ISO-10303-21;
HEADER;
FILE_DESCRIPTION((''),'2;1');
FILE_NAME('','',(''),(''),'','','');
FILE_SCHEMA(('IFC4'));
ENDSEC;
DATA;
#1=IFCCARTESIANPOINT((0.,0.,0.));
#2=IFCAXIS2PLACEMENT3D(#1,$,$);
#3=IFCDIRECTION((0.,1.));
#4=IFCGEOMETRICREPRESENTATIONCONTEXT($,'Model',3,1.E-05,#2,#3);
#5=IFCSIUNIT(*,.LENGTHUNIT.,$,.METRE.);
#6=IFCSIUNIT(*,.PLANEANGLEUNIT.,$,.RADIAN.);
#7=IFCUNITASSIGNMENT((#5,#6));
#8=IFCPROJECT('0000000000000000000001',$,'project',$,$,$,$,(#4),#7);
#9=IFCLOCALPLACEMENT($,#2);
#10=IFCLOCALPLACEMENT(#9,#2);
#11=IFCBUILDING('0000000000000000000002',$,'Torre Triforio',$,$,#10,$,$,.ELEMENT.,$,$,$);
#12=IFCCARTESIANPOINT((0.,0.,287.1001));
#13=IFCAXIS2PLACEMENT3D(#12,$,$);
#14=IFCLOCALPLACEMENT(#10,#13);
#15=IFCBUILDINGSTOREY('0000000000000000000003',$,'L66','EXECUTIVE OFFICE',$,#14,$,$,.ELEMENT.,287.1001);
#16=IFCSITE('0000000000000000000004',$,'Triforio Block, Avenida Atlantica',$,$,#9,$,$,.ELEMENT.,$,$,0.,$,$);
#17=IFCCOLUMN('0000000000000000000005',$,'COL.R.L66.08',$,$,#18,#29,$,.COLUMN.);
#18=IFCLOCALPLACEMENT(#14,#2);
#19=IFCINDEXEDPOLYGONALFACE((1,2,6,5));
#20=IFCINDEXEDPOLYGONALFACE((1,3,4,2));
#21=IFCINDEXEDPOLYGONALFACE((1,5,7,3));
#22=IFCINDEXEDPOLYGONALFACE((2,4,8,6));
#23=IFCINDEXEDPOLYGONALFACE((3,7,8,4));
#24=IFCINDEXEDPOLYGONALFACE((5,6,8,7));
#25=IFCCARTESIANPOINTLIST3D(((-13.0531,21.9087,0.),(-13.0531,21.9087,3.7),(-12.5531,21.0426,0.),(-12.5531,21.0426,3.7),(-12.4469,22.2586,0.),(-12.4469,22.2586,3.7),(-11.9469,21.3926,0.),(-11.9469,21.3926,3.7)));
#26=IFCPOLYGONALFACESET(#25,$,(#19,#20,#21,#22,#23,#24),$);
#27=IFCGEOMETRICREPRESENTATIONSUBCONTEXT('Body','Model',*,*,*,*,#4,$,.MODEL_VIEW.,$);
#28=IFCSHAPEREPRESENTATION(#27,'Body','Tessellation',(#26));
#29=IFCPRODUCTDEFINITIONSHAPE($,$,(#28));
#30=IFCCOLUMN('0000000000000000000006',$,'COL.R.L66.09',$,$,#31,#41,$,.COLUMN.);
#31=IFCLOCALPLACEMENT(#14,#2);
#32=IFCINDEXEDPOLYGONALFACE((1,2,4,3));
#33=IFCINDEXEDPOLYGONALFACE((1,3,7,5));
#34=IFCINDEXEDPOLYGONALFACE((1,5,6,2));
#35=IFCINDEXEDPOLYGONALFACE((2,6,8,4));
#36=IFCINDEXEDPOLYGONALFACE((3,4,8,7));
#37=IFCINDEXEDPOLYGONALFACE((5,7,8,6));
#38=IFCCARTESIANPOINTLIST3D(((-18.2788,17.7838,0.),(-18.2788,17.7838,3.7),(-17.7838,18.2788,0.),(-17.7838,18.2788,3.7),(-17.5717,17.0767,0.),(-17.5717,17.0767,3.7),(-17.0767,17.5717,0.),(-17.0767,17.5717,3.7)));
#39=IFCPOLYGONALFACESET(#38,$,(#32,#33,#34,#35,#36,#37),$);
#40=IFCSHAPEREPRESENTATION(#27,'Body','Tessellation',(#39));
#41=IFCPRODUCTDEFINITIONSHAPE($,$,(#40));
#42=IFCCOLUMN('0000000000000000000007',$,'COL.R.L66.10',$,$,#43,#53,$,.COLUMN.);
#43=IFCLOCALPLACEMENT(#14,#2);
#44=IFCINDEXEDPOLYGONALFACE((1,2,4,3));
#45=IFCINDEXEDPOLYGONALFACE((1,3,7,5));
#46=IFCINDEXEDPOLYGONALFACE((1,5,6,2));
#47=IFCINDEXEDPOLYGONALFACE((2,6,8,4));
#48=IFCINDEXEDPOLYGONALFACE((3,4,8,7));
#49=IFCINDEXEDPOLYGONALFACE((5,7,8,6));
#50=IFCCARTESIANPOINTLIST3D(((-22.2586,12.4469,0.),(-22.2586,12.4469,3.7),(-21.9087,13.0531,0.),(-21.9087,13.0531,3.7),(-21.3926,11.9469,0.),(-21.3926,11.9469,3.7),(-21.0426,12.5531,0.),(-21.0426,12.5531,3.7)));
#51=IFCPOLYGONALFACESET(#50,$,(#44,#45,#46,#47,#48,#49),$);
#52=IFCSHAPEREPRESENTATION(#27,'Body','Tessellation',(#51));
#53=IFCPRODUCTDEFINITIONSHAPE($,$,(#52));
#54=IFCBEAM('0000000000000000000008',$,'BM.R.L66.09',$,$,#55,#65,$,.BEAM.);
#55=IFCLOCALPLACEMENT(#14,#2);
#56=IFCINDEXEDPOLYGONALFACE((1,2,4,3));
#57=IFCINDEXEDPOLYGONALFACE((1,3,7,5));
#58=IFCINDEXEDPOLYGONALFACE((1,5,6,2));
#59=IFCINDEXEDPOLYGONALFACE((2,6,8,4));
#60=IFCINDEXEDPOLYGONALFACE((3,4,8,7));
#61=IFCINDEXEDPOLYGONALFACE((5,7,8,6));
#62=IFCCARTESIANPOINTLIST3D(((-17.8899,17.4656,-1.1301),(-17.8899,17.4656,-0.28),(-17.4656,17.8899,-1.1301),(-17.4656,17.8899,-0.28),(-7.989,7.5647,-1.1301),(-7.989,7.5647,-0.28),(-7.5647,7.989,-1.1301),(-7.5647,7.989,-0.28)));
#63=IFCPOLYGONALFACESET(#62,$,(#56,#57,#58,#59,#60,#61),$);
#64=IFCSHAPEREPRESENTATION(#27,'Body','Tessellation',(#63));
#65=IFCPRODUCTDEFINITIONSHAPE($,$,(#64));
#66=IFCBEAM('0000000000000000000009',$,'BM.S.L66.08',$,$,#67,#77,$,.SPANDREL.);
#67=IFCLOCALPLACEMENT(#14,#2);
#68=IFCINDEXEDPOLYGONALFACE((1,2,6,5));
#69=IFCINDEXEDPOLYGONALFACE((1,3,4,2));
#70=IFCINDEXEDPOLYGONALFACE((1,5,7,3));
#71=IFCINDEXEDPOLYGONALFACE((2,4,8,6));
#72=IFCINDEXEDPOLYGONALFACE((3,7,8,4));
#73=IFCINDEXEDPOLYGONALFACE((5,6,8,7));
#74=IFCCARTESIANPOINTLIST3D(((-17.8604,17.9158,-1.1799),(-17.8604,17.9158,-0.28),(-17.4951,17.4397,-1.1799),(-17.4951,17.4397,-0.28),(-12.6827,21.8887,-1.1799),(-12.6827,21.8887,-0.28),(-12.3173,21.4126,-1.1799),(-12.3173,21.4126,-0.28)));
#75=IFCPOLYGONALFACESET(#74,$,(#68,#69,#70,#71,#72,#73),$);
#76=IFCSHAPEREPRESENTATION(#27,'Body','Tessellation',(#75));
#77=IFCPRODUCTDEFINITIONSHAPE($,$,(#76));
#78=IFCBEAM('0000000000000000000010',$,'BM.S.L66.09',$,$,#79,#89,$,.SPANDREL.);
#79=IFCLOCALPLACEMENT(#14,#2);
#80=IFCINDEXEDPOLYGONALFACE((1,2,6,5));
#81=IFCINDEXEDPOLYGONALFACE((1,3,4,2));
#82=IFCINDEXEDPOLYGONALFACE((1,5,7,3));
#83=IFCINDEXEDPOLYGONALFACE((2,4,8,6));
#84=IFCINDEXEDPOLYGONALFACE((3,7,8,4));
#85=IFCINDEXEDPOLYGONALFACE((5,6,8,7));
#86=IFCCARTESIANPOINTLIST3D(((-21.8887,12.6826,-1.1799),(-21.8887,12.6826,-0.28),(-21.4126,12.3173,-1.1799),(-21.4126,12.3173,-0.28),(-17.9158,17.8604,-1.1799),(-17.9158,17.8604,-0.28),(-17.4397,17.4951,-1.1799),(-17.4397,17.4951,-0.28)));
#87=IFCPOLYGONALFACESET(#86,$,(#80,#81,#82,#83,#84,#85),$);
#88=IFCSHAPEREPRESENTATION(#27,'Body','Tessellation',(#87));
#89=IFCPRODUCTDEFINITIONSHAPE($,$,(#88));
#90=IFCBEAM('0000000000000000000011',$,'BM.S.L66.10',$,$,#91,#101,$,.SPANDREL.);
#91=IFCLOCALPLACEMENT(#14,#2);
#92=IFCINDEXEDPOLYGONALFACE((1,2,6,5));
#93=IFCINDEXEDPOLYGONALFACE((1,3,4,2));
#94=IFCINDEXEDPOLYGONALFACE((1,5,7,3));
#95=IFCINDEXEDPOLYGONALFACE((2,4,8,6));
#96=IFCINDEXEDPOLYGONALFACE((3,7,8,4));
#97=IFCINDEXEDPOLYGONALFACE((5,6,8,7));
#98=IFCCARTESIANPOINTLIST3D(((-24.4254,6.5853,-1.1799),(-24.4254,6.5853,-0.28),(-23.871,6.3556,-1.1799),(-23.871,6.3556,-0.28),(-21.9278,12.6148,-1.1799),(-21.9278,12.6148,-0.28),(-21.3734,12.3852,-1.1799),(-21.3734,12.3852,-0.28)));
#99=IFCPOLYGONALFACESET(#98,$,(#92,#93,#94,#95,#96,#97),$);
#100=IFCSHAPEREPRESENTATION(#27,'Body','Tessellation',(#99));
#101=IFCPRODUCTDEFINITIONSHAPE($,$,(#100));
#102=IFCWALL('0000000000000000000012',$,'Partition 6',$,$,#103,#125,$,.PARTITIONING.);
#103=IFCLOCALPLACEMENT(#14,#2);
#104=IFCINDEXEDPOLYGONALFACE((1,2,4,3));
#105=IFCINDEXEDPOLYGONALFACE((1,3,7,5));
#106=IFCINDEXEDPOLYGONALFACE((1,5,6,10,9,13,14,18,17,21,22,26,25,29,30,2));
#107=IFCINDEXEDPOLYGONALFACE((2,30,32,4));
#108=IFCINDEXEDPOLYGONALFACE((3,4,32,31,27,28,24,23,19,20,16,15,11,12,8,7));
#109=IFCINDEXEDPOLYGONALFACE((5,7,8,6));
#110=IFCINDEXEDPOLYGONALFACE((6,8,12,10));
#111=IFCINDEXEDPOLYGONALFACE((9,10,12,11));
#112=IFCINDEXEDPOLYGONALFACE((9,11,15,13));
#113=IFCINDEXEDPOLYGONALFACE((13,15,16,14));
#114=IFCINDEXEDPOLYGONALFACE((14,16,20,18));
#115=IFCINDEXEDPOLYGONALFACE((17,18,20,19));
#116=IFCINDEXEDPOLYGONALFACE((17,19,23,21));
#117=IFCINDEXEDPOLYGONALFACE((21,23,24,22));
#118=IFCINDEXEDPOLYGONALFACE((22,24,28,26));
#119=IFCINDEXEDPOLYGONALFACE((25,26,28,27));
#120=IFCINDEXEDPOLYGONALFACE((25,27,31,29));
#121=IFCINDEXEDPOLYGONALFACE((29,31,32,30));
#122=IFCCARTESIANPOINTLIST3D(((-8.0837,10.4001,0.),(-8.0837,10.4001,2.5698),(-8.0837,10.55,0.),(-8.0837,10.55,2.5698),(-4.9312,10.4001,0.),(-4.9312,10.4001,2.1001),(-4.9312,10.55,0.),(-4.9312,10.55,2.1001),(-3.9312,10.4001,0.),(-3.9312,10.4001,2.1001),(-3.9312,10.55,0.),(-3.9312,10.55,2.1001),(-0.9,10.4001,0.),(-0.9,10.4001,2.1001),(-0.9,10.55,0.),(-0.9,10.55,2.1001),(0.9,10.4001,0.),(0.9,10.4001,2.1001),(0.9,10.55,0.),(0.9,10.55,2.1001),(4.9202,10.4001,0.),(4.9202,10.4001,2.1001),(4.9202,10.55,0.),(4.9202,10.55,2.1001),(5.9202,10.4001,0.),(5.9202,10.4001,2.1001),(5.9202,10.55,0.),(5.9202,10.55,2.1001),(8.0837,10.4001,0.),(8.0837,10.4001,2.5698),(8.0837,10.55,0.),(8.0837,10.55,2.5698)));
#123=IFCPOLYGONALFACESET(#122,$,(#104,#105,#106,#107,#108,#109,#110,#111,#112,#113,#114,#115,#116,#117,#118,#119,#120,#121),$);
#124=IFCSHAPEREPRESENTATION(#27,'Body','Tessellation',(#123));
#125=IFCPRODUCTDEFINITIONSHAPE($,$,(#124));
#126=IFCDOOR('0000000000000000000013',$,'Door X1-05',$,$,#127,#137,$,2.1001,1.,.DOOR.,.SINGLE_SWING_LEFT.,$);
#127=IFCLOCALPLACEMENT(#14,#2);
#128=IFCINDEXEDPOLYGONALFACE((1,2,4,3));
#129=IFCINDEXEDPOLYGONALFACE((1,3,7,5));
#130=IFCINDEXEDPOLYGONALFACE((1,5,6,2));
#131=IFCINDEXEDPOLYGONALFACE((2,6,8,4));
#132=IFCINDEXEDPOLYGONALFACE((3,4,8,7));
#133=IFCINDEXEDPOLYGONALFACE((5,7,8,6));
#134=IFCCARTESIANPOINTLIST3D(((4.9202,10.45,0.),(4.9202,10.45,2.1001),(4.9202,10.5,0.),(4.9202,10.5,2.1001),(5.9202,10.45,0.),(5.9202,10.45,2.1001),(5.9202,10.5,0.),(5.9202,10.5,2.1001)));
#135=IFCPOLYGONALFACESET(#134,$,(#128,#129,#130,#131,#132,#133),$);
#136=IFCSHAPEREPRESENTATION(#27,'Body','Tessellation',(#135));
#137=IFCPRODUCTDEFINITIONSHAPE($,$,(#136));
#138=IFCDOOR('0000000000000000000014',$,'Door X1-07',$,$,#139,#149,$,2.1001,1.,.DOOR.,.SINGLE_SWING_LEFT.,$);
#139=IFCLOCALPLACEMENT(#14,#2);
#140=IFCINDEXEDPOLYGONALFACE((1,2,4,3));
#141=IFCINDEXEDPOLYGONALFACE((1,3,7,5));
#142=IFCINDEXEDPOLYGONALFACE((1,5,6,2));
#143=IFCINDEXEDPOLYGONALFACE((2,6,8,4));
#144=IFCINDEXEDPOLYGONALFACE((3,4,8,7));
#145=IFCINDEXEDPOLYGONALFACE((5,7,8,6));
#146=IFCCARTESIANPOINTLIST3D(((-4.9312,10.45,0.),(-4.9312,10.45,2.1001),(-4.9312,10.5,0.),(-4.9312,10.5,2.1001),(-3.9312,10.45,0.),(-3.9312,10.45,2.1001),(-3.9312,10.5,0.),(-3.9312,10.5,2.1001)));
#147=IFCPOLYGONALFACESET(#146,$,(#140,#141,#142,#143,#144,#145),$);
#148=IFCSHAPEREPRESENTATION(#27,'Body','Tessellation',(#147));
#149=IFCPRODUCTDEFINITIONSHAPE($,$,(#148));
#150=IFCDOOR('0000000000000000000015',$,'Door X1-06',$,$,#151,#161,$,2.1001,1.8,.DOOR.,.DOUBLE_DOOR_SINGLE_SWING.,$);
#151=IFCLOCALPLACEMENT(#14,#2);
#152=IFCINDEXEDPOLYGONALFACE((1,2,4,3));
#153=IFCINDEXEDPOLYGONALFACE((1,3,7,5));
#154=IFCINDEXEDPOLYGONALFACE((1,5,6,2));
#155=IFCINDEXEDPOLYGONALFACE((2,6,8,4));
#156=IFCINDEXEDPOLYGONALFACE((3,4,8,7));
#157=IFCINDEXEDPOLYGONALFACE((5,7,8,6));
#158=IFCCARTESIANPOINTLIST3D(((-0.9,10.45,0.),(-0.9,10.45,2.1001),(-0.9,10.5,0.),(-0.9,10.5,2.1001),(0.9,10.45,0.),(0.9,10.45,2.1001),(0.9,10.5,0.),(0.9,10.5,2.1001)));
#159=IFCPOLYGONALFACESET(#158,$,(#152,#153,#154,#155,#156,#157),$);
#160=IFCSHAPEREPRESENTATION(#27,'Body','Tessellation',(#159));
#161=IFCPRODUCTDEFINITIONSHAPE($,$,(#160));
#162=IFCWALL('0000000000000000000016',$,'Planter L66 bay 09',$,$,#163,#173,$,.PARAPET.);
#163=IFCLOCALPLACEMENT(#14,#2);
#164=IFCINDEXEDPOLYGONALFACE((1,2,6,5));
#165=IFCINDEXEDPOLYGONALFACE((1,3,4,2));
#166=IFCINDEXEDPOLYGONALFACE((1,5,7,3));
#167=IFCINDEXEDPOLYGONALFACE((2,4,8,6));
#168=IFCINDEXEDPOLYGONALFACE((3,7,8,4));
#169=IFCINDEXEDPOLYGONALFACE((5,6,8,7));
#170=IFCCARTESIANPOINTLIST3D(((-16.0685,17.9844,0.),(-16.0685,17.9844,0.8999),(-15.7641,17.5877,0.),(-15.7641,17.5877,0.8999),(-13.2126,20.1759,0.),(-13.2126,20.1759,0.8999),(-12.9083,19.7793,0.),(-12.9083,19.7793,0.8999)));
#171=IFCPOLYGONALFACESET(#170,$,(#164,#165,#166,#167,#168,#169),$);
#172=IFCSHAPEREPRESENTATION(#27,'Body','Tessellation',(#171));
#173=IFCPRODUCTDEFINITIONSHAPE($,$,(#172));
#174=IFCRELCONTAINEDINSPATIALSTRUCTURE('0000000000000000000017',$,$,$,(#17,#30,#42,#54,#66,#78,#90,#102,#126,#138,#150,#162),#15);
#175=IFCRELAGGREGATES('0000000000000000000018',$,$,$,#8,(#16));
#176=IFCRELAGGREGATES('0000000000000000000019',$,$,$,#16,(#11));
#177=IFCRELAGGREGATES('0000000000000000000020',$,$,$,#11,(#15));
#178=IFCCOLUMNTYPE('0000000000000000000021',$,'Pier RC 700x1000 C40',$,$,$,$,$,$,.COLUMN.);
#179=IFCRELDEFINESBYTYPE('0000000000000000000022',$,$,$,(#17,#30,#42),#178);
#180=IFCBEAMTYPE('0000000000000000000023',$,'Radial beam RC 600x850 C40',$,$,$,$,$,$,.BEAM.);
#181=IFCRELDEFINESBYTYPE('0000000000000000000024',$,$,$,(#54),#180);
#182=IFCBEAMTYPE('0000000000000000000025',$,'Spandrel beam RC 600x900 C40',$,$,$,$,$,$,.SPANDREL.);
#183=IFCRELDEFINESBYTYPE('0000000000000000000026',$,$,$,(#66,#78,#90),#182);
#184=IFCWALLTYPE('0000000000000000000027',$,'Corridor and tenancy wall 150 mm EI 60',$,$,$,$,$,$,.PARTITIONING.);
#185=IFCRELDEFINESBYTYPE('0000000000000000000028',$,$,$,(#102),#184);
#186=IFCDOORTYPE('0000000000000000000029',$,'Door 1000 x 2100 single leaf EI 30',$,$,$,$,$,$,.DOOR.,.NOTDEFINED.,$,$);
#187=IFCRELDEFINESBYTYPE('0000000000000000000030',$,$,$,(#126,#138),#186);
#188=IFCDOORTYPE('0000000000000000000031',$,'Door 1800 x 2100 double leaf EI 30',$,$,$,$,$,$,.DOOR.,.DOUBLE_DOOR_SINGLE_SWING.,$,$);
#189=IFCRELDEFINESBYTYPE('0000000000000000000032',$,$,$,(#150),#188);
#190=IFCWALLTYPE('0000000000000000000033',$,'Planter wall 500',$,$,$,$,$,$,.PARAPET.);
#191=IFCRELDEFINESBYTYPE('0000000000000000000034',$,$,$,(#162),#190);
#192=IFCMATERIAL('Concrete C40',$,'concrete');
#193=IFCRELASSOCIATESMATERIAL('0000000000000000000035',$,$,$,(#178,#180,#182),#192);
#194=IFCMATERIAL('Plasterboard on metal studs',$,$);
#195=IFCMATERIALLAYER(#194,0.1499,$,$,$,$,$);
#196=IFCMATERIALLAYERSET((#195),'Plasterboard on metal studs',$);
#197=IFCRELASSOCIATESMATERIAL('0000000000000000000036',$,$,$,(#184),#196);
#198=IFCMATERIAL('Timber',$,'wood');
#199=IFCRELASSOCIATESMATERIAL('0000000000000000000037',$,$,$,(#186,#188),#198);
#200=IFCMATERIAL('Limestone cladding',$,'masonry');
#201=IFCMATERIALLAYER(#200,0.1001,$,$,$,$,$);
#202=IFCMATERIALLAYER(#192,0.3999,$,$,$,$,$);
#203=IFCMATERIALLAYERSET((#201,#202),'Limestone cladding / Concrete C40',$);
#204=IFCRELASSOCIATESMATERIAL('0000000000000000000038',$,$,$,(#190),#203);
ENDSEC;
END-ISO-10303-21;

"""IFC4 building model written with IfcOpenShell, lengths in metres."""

from ifc_helpers import new_model, si_unit, direction, frame, frame_2d, origin, origin_2d, place, context, subcontext, project, spatial, rectangle, extrude, material, layer, layer_set, material_profile, profile_set, type_object, element, fill, save


model = new_model("IFC4")

# Units and contexts
model_context = context("Model", 3, precision=1e-05, world=origin(), true_north=direction((0.0, 1.0)))
body_context = subcontext(model_context, "Body", "Model", "MODEL_VIEW")
ifc_project = project(units=[si_unit("LENGTHUNIT", "METRE"), si_unit("PLANEANGLEUNIT", "RADIAN")], contexts=[model_context])

# Site, building, storey
site_placement = place(None, origin())
site = spatial("IfcSite", under=ifc_project, at=site_placement, Name="Triforio Block, Avenida Atlantica", CompositionType="ELEMENT", RefElevation=0.0)
building_placement = place(site_placement, origin())
building = spatial("IfcBuilding", under=site, at=building_placement, Name="Torre Triforio", CompositionType="ELEMENT")
storey_placement = place(building_placement, frame((0.0, 0.0, 287.1001)))
storey = spatial("IfcBuildingStorey", under=building, at=storey_placement, Name="L66", Description="EXECUTIVE OFFICE", CompositionType="ELEMENT", Elevation=287.1001)

# Columns
ifc_material_1 = material(Name="Concrete C40", Category="concrete")
ifc_material_profile_1 = material_profile(ifc_material_1, rectangle(XDim=0.7, YDim=1.0, at=origin_2d()), Name="RC 700x1000")
ifc_profile_set_1 = profile_set([ifc_material_profile_1], Name="Concrete C40")
column_type = type_object("IfcColumnType", Name="Pier RC 700x1000 C40", PredefinedType="COLUMN", material=ifc_profile_set_1)
for number, where, z_axis, x_axis, name in (
    (1, (-12.5, 21.6506, 0.0), (0.0, 0.0, 1.0), (-0.866025, -0.5, 0.0), "COL.R.L66.08"),
    (2, (-17.6777, 17.6777, 0.0), (0.0, 0.0, 1.0), (-0.707107, -0.707107, 0.0), "COL.R.L66.09"),
    (3, (-21.6506, 12.5, 0.0), (0.0, 0.0, 1.0), (-0.5, -0.866025, 0.0), "COL.R.L66.10"),
):
    element("IfcColumn", number, at=place(storey_placement, frame(where, z_axis=z_axis, x_axis=x_axis)), inside=storey, type_object=column_type, Name=name, PredefinedType="COLUMN", context=body_context, shape_type="SweptSolid", body=[
        extrude(rectangle(XDim=0.7, YDim=1.0, at=origin_2d()), origin(), (0.0, 0.0, 1.0), 3.7),
    ])

# Beams
ifc_material_profile_2 = material_profile(ifc_material_1, rectangle(XDim=0.6001, YDim=0.8501, at=origin_2d()), Name="RC 600x850")
ifc_profile_set_2 = profile_set([ifc_material_profile_2], Name="Concrete C40")
beam_type_1 = type_object("IfcBeamType", Name="Radial beam RC 600x850 C40", PredefinedType="BEAM", material=ifc_profile_set_2)
beam_placement = place(storey_placement, frame((-7.7769, 7.7769, -0.7051), z_axis=(-0.707107, 0.707107, 0.0), x_axis=(-0.707107, -0.707107, 0.0)))
element("IfcBeam", 4, at=beam_placement, inside=storey, type_object=beam_type_1, Name="BM.R.L66.09", PredefinedType="BEAM", context=body_context, shape_type="SweptSolid", body=[
    extrude(rectangle(XDim=0.6001, YDim=0.8501, at=origin_2d()), origin(), (0.0, 0.0, 1.0), 14.002),
])
ifc_material_profile_3 = material_profile(ifc_material_1, rectangle(XDim=0.6001, YDim=0.8999, at=origin_2d()), Name="RC 600x900")
ifc_profile_set_3 = profile_set([ifc_material_profile_3], Name="Concrete C40")
beam_type_2 = type_object("IfcBeamType", Name="Spandrel beam RC 600x900 C40", PredefinedType="SPANDREL", material=ifc_profile_set_3)
for number, where, z_axis, x_axis, name in (
    (5, (-12.5, 21.6506, -0.73), (-0.793362, -0.60875, 0.0), (0.60875, -0.793362, 0.0), "BM.S.L66.08"),
    (6, (-17.6777, 17.6777, -0.73), (-0.60875, -0.793362, 0.0), (0.793362, -0.60875, 0.0), "BM.S.L66.09"),
    (7, (-21.6506, 12.5, -0.73), (-0.382689, -0.923877, 0.0), (0.923877, -0.382689, 0.0), "BM.S.L66.10"),
):
    element("IfcBeam", number, at=place(storey_placement, frame(where, z_axis=z_axis, x_axis=x_axis)), inside=storey, type_object=beam_type_2, Name=name, PredefinedType="SPANDREL", context=body_context, shape_type="SweptSolid", body=[
        extrude(rectangle(XDim=0.6001, YDim=0.8999, at=origin_2d()), origin(), (0.0, 0.0, 1.0), 6.5264),
    ])

# Wall, openings, doors
ifc_material_2 = material(Name="Plasterboard on metal studs")
ifc_layer_1 = layer(ifc_material_2, 0.1499)
ifc_layer_set_1 = layer_set([ifc_layer_1], Name="Plasterboard on metal studs")
wall_type_1 = type_object("IfcWallType", Name="Corridor and tenancy wall 150 mm EI 60", PredefinedType="PARTITIONING", material=ifc_layer_set_1)
wall_1_placement = place(storey_placement, frame((-8.0837, 10.4751, 0.0), z_axis=(0.0, 0.0, 1.0), x_axis=(1.0, 0.0, 0.0)))
wall_1 = element("IfcWall", 8, at=wall_1_placement, inside=storey, type_object=wall_type_1, Name="Partition 6", PredefinedType="PARTITIONING", context=body_context, shape_type="SweptSolid", body=[
    extrude(rectangle(XDim=16.1675, YDim=0.1499, at=frame_2d((8.0837, 0.0))), origin(), (0.0, 0.0, 1.0), 2.5698),
])
opening_1_placement = place(wall_1_placement, frame((13.0039, 0.0, 0.0)))
opening_1 = element("IfcOpeningElement", 9, at=opening_1_placement, cuts=wall_1, PredefinedType="OPENING", context=body_context, shape_type="SweptSolid", body=[
    extrude(rectangle(XDim=1.0, YDim=2.1001, at=frame_2d((0.5, 1.05))), frame((0.0, 0.085, 0.0), z_axis=(0.0, -1.0, 0.0), x_axis=(1.0, 0.0, 0.0)), (0.0, 0.0, 1.0), 0.1699),
])
opening_2_placement = place(wall_1_placement, frame((7.1838, 0.0, 0.0)))
opening_2 = element("IfcOpeningElement", 10, at=opening_2_placement, cuts=wall_1, PredefinedType="OPENING", context=body_context, shape_type="SweptSolid", body=[
    extrude(rectangle(XDim=1.8, YDim=2.1001, at=frame_2d((0.8999, 1.05))), frame((0.0, 0.085, 0.0), z_axis=(0.0, -1.0, 0.0), x_axis=(1.0, 0.0, 0.0)), (0.0, 0.0, 1.0), 0.1699),
])
opening_3_placement = place(wall_1_placement, frame((3.1526, 0.0, 0.0)))
opening_3 = element("IfcOpeningElement", 11, at=opening_3_placement, cuts=wall_1, PredefinedType="OPENING", context=body_context, shape_type="SweptSolid", body=[
    extrude(rectangle(XDim=1.0, YDim=2.1001, at=frame_2d((0.5, 1.05))), frame((0.0, 0.085, 0.0), z_axis=(0.0, -1.0, 0.0), x_axis=(1.0, 0.0, 0.0)), (0.0, 0.0, 1.0), 0.1699),
])
ifc_material_3 = material(Name="Timber", Category="wood")
door_type_1 = type_object("IfcDoorType", Name="Door 1000 x 2100 single leaf EI 30", OperationType="NOTDEFINED", PredefinedType="DOOR", material=ifc_material_3)
door_1_placement = place(opening_1_placement, origin())
door_1 = element("IfcDoor", 12, at=door_1_placement, inside=storey, type_object=door_type_1, Name="Door X1-05", OperationType="SINGLE_SWING_LEFT", OverallHeight=2.1001, OverallWidth=1.0, PredefinedType="DOOR", context=body_context, shape_type="SweptSolid", body=[
    extrude(rectangle(XDim=1.0, YDim=2.1001, at=frame_2d((0.5, 1.05))), frame((0.0, 0.0249, 0.0), z_axis=(0.0, -1.0, 0.0), x_axis=(1.0, 0.0, 0.0)), (0.0, 0.0, 1.0), 0.05),
])
fill(opening_1, door_1)
door_2_placement = place(opening_3_placement, origin())
door_2 = element("IfcDoor", 13, at=door_2_placement, inside=storey, type_object=door_type_1, Name="Door X1-07", OperationType="SINGLE_SWING_LEFT", OverallHeight=2.1001, OverallWidth=1.0, PredefinedType="DOOR", context=body_context, shape_type="SweptSolid", body=[
    extrude(rectangle(XDim=1.0, YDim=2.1001, at=frame_2d((0.5, 1.05))), frame((0.0, 0.0249, 0.0), z_axis=(0.0, -1.0, 0.0), x_axis=(1.0, 0.0, 0.0)), (0.0, 0.0, 1.0), 0.05),
])
fill(opening_3, door_2)
door_type_2 = type_object("IfcDoorType", Name="Door 1800 x 2100 double leaf EI 30", OperationType="DOUBLE_DOOR_SINGLE_SWING", PredefinedType="DOOR", material=ifc_material_3)
door_3_placement = place(opening_2_placement, origin())
door_3 = element("IfcDoor", 14, at=door_3_placement, inside=storey, type_object=door_type_2, Name="Door X1-06", OperationType="DOUBLE_DOOR_SINGLE_SWING", OverallHeight=2.1001, OverallWidth=1.8, PredefinedType="DOOR", context=body_context, shape_type="SweptSolid", body=[
    extrude(rectangle(XDim=1.8, YDim=2.1001, at=frame_2d((0.8999, 1.05))), frame((0.0, 0.0249, 0.0), z_axis=(0.0, -1.0, 0.0), x_axis=(1.0, 0.0, 0.0)), (0.0, 0.0, 1.0), 0.05),
])
fill(opening_2, door_3)

# Wall
ifc_material_4 = material(Name="Limestone cladding", Category="masonry")
ifc_layer_2 = layer(ifc_material_4, 0.1001)
ifc_layer_3 = layer(ifc_material_1, 0.3999)
ifc_layer_set_2 = layer_set([ifc_layer_2, ifc_layer_3], Name="Limestone cladding / Concrete C40")
wall_type_2 = type_object("IfcWallType", Name="Planter wall 500", PredefinedType="PARAPET", material=ifc_layer_set_2)
wall_2_placement = place(storey_placement, frame((-13.0605, 19.9775, 0.0), z_axis=(0.0, 0.0, 1.0), x_axis=(-0.793327, -0.608796, 0.0)))
element("IfcWall", 15, at=wall_2_placement, inside=storey, type_object=wall_type_2, Name="Planter L66 bay 09", PredefinedType="PARAPET", context=body_context, shape_type="SweptSolid", body=[
    extrude(rectangle(XDim=3.5999, YDim=0.5, at=frame_2d((1.7998, 0.0))), origin(), (0.0, 0.0, 1.0), 0.8999),
])

save(model, "model.ifc")
